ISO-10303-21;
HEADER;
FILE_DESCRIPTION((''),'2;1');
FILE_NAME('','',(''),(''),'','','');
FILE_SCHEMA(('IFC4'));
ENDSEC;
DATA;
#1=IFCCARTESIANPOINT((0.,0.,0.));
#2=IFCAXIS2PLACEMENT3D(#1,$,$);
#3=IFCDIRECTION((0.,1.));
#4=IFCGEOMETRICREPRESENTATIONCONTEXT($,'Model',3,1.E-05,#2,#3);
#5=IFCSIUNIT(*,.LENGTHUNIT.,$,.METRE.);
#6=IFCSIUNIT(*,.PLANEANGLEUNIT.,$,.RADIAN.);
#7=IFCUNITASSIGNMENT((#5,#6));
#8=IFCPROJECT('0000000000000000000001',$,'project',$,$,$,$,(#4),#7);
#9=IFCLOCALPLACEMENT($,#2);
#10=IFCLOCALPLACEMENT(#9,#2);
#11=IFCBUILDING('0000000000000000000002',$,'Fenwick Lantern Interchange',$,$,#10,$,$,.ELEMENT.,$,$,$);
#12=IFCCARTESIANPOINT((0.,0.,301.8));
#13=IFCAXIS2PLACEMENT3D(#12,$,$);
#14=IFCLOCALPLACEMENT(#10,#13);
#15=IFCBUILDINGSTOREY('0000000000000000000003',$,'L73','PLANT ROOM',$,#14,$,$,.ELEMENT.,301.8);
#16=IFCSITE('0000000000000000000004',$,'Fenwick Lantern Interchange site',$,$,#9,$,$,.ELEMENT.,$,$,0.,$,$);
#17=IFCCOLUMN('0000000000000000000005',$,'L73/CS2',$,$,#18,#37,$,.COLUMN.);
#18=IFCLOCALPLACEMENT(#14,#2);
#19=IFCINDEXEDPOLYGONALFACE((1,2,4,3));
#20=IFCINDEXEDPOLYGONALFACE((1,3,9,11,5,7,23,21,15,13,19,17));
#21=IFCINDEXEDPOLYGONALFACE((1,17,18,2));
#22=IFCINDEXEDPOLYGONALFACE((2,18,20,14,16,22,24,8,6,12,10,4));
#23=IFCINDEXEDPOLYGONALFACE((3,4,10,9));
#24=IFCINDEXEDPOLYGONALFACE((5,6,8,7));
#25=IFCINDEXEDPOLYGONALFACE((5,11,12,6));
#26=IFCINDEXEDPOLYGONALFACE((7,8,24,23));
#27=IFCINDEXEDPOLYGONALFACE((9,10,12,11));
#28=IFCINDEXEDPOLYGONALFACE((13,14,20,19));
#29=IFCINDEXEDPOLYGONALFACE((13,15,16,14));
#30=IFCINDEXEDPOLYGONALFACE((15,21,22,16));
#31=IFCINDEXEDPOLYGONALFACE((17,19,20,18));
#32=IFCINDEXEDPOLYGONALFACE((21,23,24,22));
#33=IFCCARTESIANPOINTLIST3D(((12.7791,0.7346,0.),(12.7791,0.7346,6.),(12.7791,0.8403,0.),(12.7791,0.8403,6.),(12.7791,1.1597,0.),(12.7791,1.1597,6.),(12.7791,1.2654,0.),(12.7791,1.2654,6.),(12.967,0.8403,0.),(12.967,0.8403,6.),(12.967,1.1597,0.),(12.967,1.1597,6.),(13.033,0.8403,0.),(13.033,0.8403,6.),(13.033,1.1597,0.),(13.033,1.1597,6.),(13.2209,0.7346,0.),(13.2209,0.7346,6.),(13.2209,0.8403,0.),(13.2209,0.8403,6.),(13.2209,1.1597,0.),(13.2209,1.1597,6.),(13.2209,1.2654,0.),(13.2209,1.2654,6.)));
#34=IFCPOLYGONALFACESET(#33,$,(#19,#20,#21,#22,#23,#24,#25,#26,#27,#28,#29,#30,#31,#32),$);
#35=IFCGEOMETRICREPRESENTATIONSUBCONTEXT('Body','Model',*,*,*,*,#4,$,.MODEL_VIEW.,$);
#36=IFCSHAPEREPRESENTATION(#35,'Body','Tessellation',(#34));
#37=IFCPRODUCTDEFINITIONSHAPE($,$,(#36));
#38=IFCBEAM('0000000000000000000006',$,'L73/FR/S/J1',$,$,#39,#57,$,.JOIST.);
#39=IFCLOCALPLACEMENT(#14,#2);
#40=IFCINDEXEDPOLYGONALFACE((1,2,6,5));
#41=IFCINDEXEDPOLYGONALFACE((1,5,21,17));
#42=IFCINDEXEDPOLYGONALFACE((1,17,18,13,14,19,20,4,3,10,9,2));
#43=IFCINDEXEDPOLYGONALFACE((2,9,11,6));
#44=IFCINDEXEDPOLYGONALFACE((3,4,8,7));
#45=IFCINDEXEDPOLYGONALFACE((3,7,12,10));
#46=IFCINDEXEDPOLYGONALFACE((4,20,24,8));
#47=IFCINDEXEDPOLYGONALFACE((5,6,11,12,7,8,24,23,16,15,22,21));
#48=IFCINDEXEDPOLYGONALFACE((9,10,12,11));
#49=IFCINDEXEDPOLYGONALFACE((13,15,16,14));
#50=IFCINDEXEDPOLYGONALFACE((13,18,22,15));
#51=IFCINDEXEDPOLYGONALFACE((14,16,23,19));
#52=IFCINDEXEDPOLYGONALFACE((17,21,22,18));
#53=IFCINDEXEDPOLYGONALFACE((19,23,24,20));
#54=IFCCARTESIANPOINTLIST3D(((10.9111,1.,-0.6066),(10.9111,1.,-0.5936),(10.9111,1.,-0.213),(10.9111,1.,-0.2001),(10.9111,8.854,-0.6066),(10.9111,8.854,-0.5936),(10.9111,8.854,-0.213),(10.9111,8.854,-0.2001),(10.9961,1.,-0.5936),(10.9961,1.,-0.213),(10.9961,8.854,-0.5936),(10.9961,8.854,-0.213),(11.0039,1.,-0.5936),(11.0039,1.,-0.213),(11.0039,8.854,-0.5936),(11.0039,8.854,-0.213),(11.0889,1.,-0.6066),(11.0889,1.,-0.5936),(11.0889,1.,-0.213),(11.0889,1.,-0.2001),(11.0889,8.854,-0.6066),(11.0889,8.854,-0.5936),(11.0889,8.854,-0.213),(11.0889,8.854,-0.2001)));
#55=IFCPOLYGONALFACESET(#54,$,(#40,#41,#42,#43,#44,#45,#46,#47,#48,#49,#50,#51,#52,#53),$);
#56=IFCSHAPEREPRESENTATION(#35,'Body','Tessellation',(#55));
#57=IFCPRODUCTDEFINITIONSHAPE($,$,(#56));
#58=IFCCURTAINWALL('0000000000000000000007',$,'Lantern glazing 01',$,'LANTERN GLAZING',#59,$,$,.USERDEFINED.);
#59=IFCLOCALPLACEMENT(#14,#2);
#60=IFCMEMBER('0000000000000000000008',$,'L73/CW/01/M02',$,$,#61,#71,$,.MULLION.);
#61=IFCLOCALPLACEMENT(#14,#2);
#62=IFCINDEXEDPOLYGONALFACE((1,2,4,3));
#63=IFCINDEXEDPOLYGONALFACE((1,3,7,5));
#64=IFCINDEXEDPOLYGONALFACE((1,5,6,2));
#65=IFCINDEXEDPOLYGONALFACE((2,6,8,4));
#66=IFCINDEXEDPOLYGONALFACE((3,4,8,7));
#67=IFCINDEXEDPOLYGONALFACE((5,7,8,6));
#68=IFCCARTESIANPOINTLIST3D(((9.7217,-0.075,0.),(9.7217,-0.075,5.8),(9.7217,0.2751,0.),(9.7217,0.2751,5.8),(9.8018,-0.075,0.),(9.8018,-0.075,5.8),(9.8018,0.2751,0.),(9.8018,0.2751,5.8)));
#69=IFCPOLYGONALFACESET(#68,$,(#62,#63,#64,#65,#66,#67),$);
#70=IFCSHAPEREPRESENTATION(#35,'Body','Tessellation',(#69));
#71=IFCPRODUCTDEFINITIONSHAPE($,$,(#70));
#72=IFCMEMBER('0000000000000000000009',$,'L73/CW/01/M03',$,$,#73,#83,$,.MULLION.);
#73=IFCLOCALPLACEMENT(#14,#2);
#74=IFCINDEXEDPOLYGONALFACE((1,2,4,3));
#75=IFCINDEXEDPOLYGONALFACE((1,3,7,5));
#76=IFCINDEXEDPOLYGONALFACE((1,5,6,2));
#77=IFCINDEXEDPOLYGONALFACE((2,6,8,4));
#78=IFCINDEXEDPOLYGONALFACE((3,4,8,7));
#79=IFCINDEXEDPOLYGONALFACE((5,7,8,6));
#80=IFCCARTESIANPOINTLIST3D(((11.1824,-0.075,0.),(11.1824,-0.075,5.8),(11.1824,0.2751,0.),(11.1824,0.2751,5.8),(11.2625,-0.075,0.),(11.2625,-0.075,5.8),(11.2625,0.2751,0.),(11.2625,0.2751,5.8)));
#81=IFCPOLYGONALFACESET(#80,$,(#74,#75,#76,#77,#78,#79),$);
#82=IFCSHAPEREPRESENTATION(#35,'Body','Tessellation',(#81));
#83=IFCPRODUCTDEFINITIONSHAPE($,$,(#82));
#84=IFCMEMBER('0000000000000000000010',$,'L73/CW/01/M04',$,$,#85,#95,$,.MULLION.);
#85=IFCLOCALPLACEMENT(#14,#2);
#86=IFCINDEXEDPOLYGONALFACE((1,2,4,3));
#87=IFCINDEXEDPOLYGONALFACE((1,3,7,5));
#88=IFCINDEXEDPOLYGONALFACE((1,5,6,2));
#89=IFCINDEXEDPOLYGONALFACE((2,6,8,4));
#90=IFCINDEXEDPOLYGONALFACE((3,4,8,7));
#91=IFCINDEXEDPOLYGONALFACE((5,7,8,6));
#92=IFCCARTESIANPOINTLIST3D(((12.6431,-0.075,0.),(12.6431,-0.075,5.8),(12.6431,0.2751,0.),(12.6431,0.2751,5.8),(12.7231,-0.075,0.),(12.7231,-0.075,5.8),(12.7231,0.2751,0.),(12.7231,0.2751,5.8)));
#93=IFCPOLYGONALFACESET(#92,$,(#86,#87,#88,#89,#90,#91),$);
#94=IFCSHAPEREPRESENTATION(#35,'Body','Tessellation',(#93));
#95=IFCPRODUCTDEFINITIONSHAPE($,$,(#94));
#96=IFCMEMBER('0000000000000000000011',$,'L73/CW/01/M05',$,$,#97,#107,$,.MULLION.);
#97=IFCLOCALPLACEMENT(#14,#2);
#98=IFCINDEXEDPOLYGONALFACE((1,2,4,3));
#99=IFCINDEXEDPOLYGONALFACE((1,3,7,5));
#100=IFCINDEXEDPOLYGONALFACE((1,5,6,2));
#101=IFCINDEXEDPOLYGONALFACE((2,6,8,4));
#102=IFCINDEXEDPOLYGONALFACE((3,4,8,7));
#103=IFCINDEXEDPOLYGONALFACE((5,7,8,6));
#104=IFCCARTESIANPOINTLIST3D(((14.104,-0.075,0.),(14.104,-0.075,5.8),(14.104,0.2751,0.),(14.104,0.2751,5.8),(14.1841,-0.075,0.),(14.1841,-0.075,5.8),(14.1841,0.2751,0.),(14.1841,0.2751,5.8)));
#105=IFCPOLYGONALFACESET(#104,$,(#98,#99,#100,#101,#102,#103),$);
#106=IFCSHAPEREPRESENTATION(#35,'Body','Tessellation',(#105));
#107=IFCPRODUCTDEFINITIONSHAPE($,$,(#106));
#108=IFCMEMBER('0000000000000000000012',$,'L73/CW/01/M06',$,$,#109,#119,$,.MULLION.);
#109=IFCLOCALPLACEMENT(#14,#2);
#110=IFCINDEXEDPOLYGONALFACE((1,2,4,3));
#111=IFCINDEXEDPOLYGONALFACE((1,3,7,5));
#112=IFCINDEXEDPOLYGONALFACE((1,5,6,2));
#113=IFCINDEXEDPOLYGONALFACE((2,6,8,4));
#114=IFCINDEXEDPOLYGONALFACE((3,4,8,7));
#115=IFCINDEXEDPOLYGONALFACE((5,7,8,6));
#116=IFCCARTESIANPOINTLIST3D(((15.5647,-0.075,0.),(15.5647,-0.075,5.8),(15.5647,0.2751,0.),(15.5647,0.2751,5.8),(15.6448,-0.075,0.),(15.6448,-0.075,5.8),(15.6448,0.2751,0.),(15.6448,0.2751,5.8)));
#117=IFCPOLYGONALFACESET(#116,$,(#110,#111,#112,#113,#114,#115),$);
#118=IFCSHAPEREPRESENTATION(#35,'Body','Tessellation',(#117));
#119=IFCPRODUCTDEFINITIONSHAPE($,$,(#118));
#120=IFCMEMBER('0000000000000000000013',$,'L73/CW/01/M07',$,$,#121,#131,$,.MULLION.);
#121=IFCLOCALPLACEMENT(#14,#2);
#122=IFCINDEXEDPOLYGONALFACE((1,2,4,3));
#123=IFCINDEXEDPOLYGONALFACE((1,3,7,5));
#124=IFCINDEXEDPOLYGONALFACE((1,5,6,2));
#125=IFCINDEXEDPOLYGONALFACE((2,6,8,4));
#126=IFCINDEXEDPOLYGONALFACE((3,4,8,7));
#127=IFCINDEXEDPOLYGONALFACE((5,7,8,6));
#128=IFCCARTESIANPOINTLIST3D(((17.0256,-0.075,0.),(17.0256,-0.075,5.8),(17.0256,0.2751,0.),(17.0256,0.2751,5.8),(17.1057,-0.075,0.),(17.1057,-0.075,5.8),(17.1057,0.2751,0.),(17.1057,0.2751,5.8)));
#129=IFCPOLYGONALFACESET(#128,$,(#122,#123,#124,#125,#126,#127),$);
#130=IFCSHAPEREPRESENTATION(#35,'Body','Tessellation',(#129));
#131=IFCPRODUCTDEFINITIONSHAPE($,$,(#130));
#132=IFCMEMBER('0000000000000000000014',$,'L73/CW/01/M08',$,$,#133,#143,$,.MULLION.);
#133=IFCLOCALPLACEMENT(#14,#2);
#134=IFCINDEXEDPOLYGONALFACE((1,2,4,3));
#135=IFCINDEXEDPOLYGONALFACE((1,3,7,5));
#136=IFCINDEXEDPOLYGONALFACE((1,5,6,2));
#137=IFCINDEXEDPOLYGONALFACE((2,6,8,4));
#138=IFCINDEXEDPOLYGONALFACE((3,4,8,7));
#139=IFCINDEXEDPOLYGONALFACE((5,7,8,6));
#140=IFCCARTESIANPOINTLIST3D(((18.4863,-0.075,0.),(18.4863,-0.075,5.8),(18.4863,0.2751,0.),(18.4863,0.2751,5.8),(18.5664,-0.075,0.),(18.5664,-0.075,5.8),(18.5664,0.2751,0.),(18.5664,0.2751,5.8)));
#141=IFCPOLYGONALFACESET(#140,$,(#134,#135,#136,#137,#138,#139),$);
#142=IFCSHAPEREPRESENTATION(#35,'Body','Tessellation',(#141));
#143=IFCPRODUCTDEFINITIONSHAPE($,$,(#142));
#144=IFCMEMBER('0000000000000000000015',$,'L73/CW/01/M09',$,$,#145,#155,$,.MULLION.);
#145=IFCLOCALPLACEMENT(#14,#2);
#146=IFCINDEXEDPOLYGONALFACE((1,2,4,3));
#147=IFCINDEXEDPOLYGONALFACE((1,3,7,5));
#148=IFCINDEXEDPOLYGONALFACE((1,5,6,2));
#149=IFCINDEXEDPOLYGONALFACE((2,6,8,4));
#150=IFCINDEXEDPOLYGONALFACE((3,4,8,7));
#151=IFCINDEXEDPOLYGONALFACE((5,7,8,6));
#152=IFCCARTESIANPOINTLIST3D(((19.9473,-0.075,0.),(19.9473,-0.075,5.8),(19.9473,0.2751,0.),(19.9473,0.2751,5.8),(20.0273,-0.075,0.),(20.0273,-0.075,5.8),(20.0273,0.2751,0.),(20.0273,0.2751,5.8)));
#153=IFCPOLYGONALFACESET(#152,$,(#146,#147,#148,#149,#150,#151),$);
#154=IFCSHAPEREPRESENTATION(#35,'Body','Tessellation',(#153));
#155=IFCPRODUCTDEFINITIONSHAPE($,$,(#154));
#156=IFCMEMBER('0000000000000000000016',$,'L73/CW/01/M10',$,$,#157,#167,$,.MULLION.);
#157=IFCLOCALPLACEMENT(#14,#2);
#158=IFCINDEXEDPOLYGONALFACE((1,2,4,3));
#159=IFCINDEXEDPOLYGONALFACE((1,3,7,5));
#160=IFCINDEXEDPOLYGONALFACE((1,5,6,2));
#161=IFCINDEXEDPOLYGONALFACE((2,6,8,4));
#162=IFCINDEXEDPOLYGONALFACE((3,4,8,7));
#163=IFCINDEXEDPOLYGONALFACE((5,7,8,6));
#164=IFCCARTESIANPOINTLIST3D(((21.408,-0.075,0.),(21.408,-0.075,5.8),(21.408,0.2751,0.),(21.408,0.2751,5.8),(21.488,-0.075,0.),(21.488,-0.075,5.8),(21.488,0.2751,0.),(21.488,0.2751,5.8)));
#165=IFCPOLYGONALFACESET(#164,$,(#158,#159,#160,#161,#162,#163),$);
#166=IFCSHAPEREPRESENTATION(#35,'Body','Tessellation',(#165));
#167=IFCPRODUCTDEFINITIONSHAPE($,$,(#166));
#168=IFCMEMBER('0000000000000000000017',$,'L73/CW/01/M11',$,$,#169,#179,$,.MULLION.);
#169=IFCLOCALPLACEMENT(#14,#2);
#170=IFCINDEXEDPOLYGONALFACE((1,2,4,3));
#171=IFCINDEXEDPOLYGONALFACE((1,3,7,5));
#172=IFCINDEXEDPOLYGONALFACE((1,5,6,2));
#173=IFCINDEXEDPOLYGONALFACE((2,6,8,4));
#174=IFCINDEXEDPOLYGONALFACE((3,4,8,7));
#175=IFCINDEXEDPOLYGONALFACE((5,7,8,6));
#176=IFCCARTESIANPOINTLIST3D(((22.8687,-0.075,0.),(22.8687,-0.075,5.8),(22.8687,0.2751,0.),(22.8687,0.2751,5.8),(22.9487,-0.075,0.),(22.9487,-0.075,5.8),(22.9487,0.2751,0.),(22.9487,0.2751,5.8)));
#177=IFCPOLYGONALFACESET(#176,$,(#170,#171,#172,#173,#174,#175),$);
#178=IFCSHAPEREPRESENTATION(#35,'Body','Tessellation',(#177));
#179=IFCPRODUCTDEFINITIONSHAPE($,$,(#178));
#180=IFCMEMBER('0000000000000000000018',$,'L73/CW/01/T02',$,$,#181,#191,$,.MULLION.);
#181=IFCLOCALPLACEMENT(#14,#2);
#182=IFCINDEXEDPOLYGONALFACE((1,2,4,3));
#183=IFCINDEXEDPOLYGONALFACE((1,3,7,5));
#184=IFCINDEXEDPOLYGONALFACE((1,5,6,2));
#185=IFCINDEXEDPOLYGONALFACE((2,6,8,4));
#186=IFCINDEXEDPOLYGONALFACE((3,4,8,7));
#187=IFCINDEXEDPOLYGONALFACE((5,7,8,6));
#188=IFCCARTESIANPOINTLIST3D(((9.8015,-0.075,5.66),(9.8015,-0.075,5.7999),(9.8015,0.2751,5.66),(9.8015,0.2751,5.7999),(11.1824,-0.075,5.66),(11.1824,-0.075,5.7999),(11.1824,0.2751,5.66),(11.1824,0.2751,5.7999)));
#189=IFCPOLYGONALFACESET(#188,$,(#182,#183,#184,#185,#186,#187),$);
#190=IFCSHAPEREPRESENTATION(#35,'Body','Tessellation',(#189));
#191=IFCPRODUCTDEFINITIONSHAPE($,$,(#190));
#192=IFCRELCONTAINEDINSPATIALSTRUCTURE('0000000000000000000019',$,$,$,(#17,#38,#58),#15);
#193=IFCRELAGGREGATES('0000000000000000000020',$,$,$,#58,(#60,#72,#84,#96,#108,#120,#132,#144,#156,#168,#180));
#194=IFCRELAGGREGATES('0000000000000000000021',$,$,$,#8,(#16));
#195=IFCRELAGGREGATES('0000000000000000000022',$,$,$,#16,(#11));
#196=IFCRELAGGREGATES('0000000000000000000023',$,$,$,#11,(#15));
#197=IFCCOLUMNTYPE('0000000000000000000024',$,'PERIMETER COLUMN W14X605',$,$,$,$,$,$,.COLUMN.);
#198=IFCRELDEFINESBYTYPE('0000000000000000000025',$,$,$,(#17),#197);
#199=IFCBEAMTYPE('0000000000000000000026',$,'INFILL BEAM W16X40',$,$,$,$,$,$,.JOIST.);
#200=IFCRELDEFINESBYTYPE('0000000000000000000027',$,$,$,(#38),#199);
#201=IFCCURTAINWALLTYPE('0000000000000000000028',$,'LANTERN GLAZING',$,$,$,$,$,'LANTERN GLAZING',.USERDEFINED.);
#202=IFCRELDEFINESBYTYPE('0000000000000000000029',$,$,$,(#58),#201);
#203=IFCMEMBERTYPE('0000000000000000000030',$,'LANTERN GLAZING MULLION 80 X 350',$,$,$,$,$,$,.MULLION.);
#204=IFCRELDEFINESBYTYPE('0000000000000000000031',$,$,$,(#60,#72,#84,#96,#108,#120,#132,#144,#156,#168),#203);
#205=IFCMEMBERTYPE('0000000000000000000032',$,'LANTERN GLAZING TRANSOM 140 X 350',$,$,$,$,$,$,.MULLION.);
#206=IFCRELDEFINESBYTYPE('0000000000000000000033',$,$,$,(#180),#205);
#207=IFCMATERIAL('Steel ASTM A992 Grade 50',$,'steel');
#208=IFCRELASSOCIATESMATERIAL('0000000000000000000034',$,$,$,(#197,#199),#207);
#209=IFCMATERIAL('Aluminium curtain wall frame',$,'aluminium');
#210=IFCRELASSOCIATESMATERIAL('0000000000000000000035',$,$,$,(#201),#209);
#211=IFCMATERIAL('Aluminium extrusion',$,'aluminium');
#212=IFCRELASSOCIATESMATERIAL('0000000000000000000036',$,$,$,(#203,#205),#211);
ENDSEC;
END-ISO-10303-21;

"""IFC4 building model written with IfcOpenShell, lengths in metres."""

from ifc_helpers import new_model, si_unit, direction, frame, origin, origin_2d, place, context, subcontext, project, spatial, rectangle, i_section, extrude, material, material_profile, profile_set, type_object, element, aggregate, save


model = new_model("IFC4")

# Units and contexts
model_context = context("Model", 3, precision=1e-05, world=origin(), true_north=direction((0.0, 1.0)))
body_context = subcontext(model_context, "Body", "Model", "MODEL_VIEW")
ifc_project = project(units=[si_unit("LENGTHUNIT", "METRE"), si_unit("PLANEANGLEUNIT", "RADIAN")], contexts=[model_context])

# Site, building, storey
site_placement = place(None, origin())
site = spatial("IfcSite", under=ifc_project, at=site_placement, Name="Fenwick Lantern Interchange site", CompositionType="ELEMENT", RefElevation=0.0)
building_placement = place(site_placement, origin())
building = spatial("IfcBuilding", under=site, at=building_placement, Name="Fenwick Lantern Interchange", CompositionType="ELEMENT")
storey_placement = place(building_placement, frame((0.0, 0.0, 301.8)))
storey = spatial("IfcBuildingStorey", under=building, at=storey_placement, Name="L73", Description="PLANT ROOM", CompositionType="ELEMENT", Elevation=301.8)

# Column
ifc_material_1 = material(Name="Steel ASTM A992 Grade 50", Category="steel")
ifc_material_profile_1 = material_profile(ifc_material_1, i_section(OverallWidth=0.4419, OverallDepth=0.5308, WebThickness=0.0659, FlangeThickness=0.1057, at=origin_2d()), Name="W14X605")
ifc_profile_set_1 = profile_set([ifc_material_profile_1], Name="Steel ASTM A992 Grade 50")
column_type = type_object("IfcColumnType", Name="PERIMETER COLUMN W14X605", PredefinedType="COLUMN", material=ifc_profile_set_1)
column_placement = place(storey_placement, frame((13.0, 1.0, 0.0), z_axis=(0.0, 0.0, 1.0), x_axis=(1.0, 0.0, 0.0)))
element("IfcColumn", 1, at=column_placement, inside=storey, type_object=column_type, Name="L73/CS2", PredefinedType="COLUMN", context=body_context, shape_type="SweptSolid", body=[
    extrude(i_section(OverallWidth=0.4419, OverallDepth=0.5308, WebThickness=0.0659, FlangeThickness=0.1057, at=origin_2d()), origin(), (0.0, 0.0, 1.0), 6.0),
])

# Beam
ifc_material_profile_2 = material_profile(ifc_material_1, i_section(OverallWidth=0.1777, OverallDepth=0.4065, WebThickness=0.0078, FlangeThickness=0.0129, at=origin_2d()), Name="W16X40")
ifc_profile_set_2 = profile_set([ifc_material_profile_2], Name="Steel ASTM A992 Grade 50")
beam_type = type_object("IfcBeamType", Name="INFILL BEAM W16X40", PredefinedType="JOIST", material=ifc_profile_set_2)
beam_placement = place(storey_placement, frame((11.0, 1.0, -0.4033), z_axis=(0.0, 1.0, 0.0), x_axis=(-1.0, 0.0, 0.0)))
element("IfcBeam", 2, at=beam_placement, inside=storey, type_object=beam_type, Name="L73/FR/S/J1", PredefinedType="JOIST", context=body_context, shape_type="SweptSolid", body=[
    extrude(i_section(OverallWidth=0.1777, OverallDepth=0.4065, WebThickness=0.0078, FlangeThickness=0.0129, at=origin_2d()), origin(), (0.0, 0.0, 1.0), 7.854),
])

# Curtain wall, members
ifc_material_2 = material(Name="Aluminium curtain wall frame", Category="aluminium")
curtain_wall_type = type_object("IfcCurtainWallType", Name="LANTERN GLAZING", ElementType="LANTERN GLAZING", PredefinedType="USERDEFINED", material=ifc_material_2)
curtain_wall_placement = place(storey_placement, origin())
curtain_wall = element("IfcCurtainWall", 3, at=curtain_wall_placement, inside=storey, type_object=curtain_wall_type, Name="Lantern glazing 01", ObjectType="LANTERN GLAZING", PredefinedType="USERDEFINED")
ifc_material_3 = material(Name="Aluminium extrusion", Category="aluminium")
ifc_material_profile_3 = material_profile(ifc_material_3, rectangle(XDim=0.3501, YDim=0.0801, at=origin_2d()), Name="LANTERN GLAZING MULLION 80 X 350")
ifc_profile_set_3 = profile_set([ifc_material_profile_3], Name="Aluminium extrusion")
member_type_1 = type_object("IfcMemberType", Name="LANTERN GLAZING MULLION 80 X 350", PredefinedType="MULLION", material=ifc_profile_set_3)
member_1_placement = place(storey_placement, frame((9.7617, 0.1001, 0.0), z_axis=(0.0, 0.0, 1.0), x_axis=(0.0, 1.0, 0.0)))
member_1 = element("IfcMember", 4, at=member_1_placement, type_object=member_type_1, Name="L73/CW/01/M02", PredefinedType="MULLION", context=body_context, shape_type="SweptSolid", body=[
    extrude(rectangle(XDim=0.3501, YDim=0.0801, at=origin_2d()), origin(), (0.0, 0.0, 1.0), 5.8),
])
member_2_placement = place(storey_placement, frame((11.2224, 0.1001, 0.0), z_axis=(0.0, 0.0, 1.0), x_axis=(0.0, 1.0, 0.0)))
member_2 = element("IfcMember", 5, at=member_2_placement, type_object=member_type_1, Name="L73/CW/01/M03", PredefinedType="MULLION", context=body_context, shape_type="SweptSolid", body=[
    extrude(rectangle(XDim=0.3501, YDim=0.0801, at=origin_2d()), origin(), (0.0, 0.0, 1.0), 5.8),
])
member_3_placement = place(storey_placement, frame((12.6831, 0.1001, 0.0), z_axis=(0.0, 0.0, 1.0), x_axis=(0.0, 1.0, 0.0)))
member_3 = element("IfcMember", 6, at=member_3_placement, type_object=member_type_1, Name="L73/CW/01/M04", PredefinedType="MULLION", context=body_context, shape_type="SweptSolid", body=[
    extrude(rectangle(XDim=0.3501, YDim=0.0801, at=origin_2d()), origin(), (0.0, 0.0, 1.0), 5.8),
])
member_4_placement = place(storey_placement, frame((14.144, 0.1001, 0.0), z_axis=(0.0, 0.0, 1.0), x_axis=(0.0, 1.0, 0.0)))
member_4 = element("IfcMember", 7, at=member_4_placement, type_object=member_type_1, Name="L73/CW/01/M05", PredefinedType="MULLION", context=body_context, shape_type="SweptSolid", body=[
    extrude(rectangle(XDim=0.3501, YDim=0.0801, at=origin_2d()), origin(), (0.0, 0.0, 1.0), 5.8),
])
member_5_placement = place(storey_placement, frame((15.6047, 0.1001, 0.0), z_axis=(0.0, 0.0, 1.0), x_axis=(0.0, 1.0, 0.0)))
member_5 = element("IfcMember", 8, at=member_5_placement, type_object=member_type_1, Name="L73/CW/01/M06", PredefinedType="MULLION", context=body_context, shape_type="SweptSolid", body=[
    extrude(rectangle(XDim=0.3501, YDim=0.0801, at=origin_2d()), origin(), (0.0, 0.0, 1.0), 5.8),
])
member_6_placement = place(storey_placement, frame((17.0657, 0.1001, 0.0), z_axis=(0.0, 0.0, 1.0), x_axis=(0.0, 1.0, 0.0)))
member_6 = element("IfcMember", 9, at=member_6_placement, type_object=member_type_1, Name="L73/CW/01/M07", PredefinedType="MULLION", context=body_context, shape_type="SweptSolid", body=[
    extrude(rectangle(XDim=0.3501, YDim=0.0801, at=origin_2d()), origin(), (0.0, 0.0, 1.0), 5.8),
])
member_7_placement = place(storey_placement, frame((18.5264, 0.1001, 0.0), z_axis=(0.0, 0.0, 1.0), x_axis=(0.0, 1.0, 0.0)))
member_7 = element("IfcMember", 10, at=member_7_placement, type_object=member_type_1, Name="L73/CW/01/M08", PredefinedType="MULLION", context=body_context, shape_type="SweptSolid", body=[
    extrude(rectangle(XDim=0.3501, YDim=0.0801, at=origin_2d()), origin(), (0.0, 0.0, 1.0), 5.8),
])
member_8_placement = place(storey_placement, frame((19.9873, 0.1001, 0.0), z_axis=(0.0, 0.0, 1.0), x_axis=(0.0, 1.0, 0.0)))
member_8 = element("IfcMember", 11, at=member_8_placement, type_object=member_type_1, Name="L73/CW/01/M09", PredefinedType="MULLION", context=body_context, shape_type="SweptSolid", body=[
    extrude(rectangle(XDim=0.3501, YDim=0.0801, at=origin_2d()), origin(), (0.0, 0.0, 1.0), 5.8),
])
member_9_placement = place(storey_placement, frame((21.448, 0.1001, 0.0), z_axis=(0.0, 0.0, 1.0), x_axis=(0.0, 1.0, 0.0)))
member_9 = element("IfcMember", 12, at=member_9_placement, type_object=member_type_1, Name="L73/CW/01/M10", PredefinedType="MULLION", context=body_context, shape_type="SweptSolid", body=[
    extrude(rectangle(XDim=0.3501, YDim=0.0801, at=origin_2d()), origin(), (0.0, 0.0, 1.0), 5.8),
])
member_10_placement = place(storey_placement, frame((22.9087, 0.1001, 0.0), z_axis=(0.0, 0.0, 1.0), x_axis=(0.0, 1.0, 0.0)))
member_10 = element("IfcMember", 13, at=member_10_placement, type_object=member_type_1, Name="L73/CW/01/M11", PredefinedType="MULLION", context=body_context, shape_type="SweptSolid", body=[
    extrude(rectangle(XDim=0.3501, YDim=0.0801, at=origin_2d()), origin(), (0.0, 0.0, 1.0), 5.8),
])
ifc_material_profile_4 = material_profile(ifc_material_3, rectangle(XDim=0.3501, YDim=0.1399, at=origin_2d()), Name="LANTERN GLAZING TRANSOM 140 X 350")
ifc_profile_set_4 = profile_set([ifc_material_profile_4], Name="Aluminium extrusion")
member_type_2 = type_object("IfcMemberType", Name="LANTERN GLAZING TRANSOM 140 X 350", PredefinedType="MULLION", material=ifc_profile_set_4)
member_11_placement = place(storey_placement, frame((9.8015, 0.1001, 5.73), z_axis=(1.0, 0.0, 0.0), x_axis=(0.0, 1.0, 0.0)))
member_11 = element("IfcMember", 14, at=member_11_placement, type_object=member_type_2, Name="L73/CW/01/T02", PredefinedType="MULLION", context=body_context, shape_type="SweptSolid", body=[
    extrude(rectangle(XDim=0.3501, YDim=0.1399, at=origin_2d()), origin(), (0.0, 0.0, 1.0), 1.3809),
])
aggregate(curtain_wall, [member_1, member_2, member_3, member_4, member_5, member_6, member_7, member_8, member_9, member_10, member_11])

save(model, "model.ifc")
